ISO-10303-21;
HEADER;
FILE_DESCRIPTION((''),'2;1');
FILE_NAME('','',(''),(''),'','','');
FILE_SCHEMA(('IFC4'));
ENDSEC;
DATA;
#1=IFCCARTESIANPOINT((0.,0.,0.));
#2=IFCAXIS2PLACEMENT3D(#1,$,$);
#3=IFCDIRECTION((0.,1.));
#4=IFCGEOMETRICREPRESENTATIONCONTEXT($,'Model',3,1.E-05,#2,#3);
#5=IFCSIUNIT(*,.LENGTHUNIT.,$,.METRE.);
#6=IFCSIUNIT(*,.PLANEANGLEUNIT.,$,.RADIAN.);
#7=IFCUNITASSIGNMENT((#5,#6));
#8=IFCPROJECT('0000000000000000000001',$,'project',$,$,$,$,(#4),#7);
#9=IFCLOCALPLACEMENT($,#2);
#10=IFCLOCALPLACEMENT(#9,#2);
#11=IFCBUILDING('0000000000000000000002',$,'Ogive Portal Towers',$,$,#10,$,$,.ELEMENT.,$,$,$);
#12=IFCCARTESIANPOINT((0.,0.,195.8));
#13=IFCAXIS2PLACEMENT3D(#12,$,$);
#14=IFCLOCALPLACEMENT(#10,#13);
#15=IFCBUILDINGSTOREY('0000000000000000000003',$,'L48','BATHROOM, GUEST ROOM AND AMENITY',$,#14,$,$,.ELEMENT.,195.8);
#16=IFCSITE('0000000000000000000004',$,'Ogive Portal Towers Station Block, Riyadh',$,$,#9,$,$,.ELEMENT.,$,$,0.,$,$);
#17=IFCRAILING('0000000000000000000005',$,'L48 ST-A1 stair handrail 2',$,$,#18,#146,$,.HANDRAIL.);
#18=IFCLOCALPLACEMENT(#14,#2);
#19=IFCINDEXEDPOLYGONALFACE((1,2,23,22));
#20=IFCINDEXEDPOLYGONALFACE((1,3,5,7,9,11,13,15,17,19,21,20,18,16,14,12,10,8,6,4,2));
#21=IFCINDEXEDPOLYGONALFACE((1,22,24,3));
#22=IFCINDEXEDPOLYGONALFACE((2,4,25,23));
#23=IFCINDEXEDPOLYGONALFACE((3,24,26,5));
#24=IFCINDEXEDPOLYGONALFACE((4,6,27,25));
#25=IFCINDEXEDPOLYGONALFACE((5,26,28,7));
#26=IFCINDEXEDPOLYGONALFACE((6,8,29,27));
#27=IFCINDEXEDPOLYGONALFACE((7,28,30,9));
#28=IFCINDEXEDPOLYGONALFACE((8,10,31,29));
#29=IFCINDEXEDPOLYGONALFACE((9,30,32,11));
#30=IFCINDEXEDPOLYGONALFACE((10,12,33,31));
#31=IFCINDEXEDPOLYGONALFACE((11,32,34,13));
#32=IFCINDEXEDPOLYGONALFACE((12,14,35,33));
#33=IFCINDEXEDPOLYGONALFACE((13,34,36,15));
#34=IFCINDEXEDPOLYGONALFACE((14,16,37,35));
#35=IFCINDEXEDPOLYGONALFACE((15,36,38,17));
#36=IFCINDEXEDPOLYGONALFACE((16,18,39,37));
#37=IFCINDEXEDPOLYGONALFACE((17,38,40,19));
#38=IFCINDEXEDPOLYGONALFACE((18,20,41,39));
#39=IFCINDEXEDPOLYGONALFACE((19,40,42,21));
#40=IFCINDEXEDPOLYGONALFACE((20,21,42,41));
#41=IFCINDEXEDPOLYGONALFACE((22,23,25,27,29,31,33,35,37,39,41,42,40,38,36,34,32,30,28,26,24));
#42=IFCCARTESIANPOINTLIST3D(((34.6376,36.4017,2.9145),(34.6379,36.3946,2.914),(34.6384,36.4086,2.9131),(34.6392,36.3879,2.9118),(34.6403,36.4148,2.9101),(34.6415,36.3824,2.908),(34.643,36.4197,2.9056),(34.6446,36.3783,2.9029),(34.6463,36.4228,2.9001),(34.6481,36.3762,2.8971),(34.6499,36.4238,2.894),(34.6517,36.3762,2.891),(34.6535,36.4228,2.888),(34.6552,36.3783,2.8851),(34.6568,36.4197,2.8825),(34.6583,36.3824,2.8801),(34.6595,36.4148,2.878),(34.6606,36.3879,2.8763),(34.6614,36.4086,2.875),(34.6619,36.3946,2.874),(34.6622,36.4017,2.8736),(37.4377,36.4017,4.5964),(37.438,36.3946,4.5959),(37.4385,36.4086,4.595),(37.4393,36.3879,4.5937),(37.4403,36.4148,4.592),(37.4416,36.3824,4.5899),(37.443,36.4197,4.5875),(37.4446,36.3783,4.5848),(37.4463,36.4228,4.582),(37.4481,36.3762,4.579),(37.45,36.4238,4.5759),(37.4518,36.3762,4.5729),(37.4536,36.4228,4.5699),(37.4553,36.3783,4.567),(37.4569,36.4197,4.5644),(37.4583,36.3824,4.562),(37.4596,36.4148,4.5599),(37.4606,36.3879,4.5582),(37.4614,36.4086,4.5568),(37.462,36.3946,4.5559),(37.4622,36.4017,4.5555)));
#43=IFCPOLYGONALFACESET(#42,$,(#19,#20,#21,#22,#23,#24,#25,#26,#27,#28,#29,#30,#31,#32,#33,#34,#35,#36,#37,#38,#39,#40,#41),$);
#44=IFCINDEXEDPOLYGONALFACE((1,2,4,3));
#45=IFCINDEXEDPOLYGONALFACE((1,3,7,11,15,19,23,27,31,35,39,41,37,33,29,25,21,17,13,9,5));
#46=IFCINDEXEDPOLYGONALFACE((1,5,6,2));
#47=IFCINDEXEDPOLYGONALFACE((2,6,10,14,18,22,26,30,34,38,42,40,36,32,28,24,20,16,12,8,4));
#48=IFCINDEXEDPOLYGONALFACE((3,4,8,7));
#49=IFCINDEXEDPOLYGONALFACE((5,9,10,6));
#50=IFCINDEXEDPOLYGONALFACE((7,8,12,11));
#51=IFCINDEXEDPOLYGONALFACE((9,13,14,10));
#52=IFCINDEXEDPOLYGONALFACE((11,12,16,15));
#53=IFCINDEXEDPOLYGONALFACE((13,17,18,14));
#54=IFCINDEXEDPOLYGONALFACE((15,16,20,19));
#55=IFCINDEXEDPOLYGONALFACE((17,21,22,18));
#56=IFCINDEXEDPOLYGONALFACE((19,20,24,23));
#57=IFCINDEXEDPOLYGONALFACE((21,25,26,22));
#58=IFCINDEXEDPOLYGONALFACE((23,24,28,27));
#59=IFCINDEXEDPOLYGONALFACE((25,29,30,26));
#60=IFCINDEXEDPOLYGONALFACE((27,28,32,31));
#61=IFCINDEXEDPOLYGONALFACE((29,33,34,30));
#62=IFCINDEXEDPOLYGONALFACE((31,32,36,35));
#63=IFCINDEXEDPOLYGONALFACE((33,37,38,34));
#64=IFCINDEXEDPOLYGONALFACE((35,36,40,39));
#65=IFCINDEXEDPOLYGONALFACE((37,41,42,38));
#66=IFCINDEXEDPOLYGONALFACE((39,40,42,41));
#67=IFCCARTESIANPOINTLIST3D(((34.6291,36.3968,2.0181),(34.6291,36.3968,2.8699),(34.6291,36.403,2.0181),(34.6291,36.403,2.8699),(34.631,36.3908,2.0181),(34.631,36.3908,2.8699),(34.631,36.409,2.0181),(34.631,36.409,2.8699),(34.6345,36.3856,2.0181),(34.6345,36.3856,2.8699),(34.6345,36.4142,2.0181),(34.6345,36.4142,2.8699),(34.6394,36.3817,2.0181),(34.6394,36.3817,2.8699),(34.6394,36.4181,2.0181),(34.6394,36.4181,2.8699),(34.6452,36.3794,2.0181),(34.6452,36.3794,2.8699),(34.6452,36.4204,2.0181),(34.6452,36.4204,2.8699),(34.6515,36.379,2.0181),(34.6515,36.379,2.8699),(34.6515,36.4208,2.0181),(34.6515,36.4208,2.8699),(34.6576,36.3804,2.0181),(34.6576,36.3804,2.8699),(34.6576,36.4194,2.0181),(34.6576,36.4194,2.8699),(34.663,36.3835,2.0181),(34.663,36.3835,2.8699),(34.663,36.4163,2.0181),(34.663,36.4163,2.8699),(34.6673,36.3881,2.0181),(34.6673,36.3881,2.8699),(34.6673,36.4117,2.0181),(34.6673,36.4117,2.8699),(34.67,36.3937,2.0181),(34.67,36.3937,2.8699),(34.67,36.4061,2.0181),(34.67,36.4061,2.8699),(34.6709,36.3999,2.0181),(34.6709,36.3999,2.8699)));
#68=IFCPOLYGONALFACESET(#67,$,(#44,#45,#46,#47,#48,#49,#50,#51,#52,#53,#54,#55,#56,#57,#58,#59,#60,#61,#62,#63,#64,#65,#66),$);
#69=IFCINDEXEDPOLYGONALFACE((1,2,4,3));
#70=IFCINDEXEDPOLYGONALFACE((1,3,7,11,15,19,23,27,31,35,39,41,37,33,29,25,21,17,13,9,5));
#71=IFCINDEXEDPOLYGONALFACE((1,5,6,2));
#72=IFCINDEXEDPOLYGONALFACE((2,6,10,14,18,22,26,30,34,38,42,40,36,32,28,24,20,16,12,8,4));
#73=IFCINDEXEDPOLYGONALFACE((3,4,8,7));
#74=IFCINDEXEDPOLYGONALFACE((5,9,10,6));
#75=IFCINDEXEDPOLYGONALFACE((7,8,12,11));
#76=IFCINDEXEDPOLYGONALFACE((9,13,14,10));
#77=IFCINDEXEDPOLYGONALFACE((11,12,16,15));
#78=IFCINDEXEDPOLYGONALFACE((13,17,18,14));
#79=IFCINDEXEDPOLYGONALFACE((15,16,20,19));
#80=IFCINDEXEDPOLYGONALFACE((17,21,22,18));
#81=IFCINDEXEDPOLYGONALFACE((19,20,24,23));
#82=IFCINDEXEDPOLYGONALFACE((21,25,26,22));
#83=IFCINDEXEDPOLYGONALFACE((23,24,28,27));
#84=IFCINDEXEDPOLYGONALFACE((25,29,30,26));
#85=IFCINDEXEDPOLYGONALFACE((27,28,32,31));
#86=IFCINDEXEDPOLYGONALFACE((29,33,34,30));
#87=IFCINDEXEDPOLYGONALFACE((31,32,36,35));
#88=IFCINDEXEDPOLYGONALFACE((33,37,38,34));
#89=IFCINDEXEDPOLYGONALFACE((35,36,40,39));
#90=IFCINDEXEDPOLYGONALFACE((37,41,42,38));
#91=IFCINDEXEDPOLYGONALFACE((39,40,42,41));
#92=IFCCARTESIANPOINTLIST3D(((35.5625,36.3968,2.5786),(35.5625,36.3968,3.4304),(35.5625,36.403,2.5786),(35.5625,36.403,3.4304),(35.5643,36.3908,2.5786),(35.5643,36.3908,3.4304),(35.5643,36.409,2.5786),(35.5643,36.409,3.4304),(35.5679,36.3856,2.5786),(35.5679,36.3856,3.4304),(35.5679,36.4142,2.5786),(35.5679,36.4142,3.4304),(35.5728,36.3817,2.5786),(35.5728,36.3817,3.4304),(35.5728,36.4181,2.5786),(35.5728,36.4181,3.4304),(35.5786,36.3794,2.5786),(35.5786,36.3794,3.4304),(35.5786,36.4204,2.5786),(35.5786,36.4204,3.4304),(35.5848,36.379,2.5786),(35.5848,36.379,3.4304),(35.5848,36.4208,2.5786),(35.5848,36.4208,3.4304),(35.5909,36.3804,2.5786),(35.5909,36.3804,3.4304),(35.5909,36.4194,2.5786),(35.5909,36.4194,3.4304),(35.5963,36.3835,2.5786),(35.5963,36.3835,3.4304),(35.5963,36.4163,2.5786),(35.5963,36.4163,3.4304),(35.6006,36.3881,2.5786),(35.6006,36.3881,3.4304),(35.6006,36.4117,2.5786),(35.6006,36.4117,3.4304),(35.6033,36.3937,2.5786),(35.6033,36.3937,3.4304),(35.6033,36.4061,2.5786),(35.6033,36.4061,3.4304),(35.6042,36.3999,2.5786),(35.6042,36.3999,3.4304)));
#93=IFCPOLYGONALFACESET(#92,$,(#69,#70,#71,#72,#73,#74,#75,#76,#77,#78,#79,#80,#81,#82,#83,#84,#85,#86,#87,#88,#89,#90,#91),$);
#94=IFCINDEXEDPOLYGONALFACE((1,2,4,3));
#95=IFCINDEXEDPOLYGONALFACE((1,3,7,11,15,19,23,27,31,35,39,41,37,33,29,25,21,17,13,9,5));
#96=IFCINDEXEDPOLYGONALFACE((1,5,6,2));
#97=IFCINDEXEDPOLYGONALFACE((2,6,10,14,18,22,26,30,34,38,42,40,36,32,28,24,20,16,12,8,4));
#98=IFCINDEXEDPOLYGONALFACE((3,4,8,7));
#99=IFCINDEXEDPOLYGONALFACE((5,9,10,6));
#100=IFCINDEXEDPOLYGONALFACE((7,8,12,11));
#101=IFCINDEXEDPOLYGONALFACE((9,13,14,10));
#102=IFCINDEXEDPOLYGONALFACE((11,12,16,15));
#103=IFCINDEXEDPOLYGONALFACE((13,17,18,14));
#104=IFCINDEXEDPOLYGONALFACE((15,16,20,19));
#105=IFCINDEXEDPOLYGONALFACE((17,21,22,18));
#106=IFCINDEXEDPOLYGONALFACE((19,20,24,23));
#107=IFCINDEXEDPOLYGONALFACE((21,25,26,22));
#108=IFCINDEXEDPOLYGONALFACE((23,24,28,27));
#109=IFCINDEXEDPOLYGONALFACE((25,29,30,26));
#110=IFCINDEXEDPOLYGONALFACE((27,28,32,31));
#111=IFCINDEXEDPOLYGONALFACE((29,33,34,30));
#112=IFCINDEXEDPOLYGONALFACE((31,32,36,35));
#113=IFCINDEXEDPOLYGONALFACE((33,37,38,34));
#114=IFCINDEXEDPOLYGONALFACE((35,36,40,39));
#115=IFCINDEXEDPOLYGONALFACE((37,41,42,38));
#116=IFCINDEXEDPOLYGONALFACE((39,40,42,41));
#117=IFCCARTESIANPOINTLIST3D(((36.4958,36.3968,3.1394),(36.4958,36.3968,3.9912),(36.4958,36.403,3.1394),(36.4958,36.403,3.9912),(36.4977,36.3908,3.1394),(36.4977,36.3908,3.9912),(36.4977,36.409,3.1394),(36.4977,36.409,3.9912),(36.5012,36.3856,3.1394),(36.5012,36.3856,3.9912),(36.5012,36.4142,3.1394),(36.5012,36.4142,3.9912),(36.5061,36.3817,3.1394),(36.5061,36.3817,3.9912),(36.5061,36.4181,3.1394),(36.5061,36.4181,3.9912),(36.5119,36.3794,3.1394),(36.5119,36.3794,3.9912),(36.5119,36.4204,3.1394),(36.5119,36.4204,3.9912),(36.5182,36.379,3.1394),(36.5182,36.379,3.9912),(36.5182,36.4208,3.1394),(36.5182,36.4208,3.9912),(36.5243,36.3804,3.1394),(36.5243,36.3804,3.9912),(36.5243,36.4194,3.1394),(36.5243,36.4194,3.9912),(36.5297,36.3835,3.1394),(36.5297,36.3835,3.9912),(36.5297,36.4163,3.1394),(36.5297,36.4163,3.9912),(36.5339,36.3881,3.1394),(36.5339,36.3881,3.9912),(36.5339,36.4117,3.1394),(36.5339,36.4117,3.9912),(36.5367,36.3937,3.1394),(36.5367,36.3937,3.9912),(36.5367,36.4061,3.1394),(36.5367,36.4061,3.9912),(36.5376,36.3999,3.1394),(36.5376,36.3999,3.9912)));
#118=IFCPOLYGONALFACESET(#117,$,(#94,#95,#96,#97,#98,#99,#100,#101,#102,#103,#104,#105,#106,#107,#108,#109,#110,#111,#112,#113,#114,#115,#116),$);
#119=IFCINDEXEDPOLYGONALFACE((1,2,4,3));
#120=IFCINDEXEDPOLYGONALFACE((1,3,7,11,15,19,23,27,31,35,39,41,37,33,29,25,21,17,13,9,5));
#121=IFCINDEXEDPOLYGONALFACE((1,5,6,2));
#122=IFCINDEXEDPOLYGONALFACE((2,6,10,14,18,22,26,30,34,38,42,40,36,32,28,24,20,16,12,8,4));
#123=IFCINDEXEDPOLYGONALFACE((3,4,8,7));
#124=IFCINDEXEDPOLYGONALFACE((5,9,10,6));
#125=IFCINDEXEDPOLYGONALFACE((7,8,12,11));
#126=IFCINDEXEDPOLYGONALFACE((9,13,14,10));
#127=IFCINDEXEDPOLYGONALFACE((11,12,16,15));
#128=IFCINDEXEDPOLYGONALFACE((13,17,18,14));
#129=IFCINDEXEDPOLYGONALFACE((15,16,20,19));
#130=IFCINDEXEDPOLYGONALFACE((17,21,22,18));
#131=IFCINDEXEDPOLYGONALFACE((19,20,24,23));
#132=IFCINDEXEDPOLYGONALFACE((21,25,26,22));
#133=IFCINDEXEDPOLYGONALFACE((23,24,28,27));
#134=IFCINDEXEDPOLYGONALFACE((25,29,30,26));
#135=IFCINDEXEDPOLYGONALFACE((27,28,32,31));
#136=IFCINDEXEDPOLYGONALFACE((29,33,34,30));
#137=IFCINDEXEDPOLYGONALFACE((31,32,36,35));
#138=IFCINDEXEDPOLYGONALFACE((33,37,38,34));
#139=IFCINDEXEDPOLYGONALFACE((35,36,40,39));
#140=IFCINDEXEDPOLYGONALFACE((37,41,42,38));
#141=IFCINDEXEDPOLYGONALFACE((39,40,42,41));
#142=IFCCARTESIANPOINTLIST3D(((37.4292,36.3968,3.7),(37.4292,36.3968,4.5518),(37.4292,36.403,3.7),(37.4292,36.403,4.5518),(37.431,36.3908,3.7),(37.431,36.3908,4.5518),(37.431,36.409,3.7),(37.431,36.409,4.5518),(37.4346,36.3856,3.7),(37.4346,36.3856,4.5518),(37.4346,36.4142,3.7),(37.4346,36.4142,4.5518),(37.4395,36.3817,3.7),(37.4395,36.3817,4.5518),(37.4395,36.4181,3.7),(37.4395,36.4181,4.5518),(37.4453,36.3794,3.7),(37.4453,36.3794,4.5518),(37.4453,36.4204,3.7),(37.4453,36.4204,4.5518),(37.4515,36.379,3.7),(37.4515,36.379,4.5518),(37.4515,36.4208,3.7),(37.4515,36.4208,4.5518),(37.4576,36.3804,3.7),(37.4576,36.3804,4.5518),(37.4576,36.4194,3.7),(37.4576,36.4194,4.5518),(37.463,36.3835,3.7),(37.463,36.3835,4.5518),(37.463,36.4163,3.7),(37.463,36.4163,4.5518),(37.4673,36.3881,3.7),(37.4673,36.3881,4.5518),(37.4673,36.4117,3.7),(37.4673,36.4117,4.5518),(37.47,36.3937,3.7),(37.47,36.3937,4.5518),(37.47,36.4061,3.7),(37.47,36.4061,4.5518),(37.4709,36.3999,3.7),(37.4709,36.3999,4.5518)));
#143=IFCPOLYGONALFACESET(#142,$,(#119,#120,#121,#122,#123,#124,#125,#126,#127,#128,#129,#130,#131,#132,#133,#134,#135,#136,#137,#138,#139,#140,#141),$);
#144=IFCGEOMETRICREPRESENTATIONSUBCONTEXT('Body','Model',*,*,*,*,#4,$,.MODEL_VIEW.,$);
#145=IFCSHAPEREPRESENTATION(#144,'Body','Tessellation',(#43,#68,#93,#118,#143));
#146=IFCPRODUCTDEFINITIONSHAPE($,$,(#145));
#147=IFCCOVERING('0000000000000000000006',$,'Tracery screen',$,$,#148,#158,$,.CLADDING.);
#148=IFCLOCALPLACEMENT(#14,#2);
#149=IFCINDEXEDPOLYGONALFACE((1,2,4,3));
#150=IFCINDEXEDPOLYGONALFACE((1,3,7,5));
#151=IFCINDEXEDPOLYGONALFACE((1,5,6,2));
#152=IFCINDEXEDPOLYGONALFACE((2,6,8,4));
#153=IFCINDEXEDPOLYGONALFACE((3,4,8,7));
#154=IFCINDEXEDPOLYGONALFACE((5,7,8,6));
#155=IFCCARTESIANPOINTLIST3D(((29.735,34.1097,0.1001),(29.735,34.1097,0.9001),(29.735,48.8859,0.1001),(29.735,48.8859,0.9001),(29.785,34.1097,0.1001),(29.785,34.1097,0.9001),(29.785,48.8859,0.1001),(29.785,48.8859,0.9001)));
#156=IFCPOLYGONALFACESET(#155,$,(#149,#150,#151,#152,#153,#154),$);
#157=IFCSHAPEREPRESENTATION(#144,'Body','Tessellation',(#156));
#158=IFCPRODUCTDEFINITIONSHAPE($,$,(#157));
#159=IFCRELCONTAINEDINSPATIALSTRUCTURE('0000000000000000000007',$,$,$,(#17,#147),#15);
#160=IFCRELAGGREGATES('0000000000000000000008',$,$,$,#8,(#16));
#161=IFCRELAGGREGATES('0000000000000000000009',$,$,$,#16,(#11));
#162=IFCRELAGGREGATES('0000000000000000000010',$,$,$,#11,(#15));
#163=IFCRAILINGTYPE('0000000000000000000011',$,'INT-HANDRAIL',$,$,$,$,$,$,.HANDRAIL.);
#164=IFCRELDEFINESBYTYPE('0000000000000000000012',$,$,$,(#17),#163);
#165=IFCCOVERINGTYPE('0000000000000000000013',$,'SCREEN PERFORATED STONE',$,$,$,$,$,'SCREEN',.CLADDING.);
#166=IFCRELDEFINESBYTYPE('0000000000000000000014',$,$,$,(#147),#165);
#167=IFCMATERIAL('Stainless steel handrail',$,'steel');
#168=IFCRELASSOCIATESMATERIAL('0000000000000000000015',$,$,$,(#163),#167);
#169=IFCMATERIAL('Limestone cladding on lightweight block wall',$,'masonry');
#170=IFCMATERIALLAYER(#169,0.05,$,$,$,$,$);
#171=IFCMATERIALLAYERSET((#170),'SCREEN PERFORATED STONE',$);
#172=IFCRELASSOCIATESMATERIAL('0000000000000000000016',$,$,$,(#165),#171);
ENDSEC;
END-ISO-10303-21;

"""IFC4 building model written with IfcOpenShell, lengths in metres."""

from ifc_helpers import new_model, si_unit, direction, frame, origin, origin_2d, place, context, subcontext, project, spatial, rectangle, circle, extrude, material, layer, layer_set, type_object, element, save


model = new_model("IFC4")

# Units and contexts
model_context = context("Model", 3, precision=1e-05, world=origin(), true_north=direction((0.0, 1.0)))
body_context = subcontext(model_context, "Body", "Model", "MODEL_VIEW")
ifc_project = project(units=[si_unit("LENGTHUNIT", "METRE"), si_unit("PLANEANGLEUNIT", "RADIAN")], contexts=[model_context])

# Site, building, storey
site_placement = place(None, origin())
site = spatial("IfcSite", under=ifc_project, at=site_placement, Name="Ogive Portal Towers Station Block, Riyadh", CompositionType="ELEMENT", RefElevation=0.0)
building_placement = place(site_placement, origin())
building = spatial("IfcBuilding", under=site, at=building_placement, Name="Ogive Portal Towers", CompositionType="ELEMENT")
storey_placement = place(building_placement, frame((0.0, 0.0, 195.8)))
storey = spatial("IfcBuildingStorey", under=building, at=storey_placement, Name="L48", Description="BATHROOM, GUEST ROOM AND AMENITY", CompositionType="ELEMENT", Elevation=195.8)

# Shared definitions
ifc_material_1 = material(Name="Limestone cladding on lightweight block wall", Category="masonry")

# Railing
ifc_material_2 = material(Name="Stainless steel handrail", Category="steel")
railing_type_1 = type_object("IfcRailingType", Name="INT-HANDRAIL", PredefinedType="HANDRAIL", material=ifc_material_2)
railing_1_placement = place(storey_placement, frame((34.6499, 36.3999, 2.0181)))
element("IfcRailing", 1, at=railing_1_placement, inside=storey, type_object=railing_type_1, Name="L48 ST-A1 stair handrail 2", PredefinedType="HANDRAIL", context=body_context, shape_type="SweptSolid", body=[
    extrude(circle(Radius=0.0239, at=origin_2d()), frame((0.0, 0.0, 0.876), z_axis=(0.857242, 0.0, 0.514913), x_axis=(0.0, 1.0, 0.0)), (0.0, 0.0, 1.0), 3.2664),
    extrude(circle(Radius=0.021, at=origin_2d()), origin(), (0.0, 0.0, 1.0), 0.8518),
    extrude(circle(Radius=0.021, at=origin_2d()), frame((0.9333, 0.0, 0.5605)), (0.0, 0.0, 1.0), 0.8518),
    extrude(circle(Radius=0.021, at=origin_2d()), frame((1.8667, 0.0, 1.1213)), (0.0, 0.0, 1.0), 0.8518),
    extrude(circle(Radius=0.021, at=origin_2d()), frame((2.8, 0.0, 1.6819)), (0.0, 0.0, 1.0), 0.8518),
])

# Covering
ifc_layer_1 = layer(ifc_material_1, 0.05)
ifc_layer_set_1 = layer_set([ifc_layer_1], Name="SCREEN PERFORATED STONE")
covering_type = type_object("IfcCoveringType", Name="SCREEN PERFORATED STONE", ElementType="SCREEN", PredefinedType="CLADDING", material=ifc_layer_set_1)
covering_placement = place(storey_placement, frame((29.76, 41.4978, 0.1001), z_axis=(0.0, 0.0, 1.0), x_axis=(0.0, -1.0, 0.0)))
element("IfcCovering", 2, at=covering_placement, inside=storey, type_object=covering_type, Name="Tracery screen", PredefinedType="CLADDING", context=body_context, shape_type="SweptSolid", body=[
    extrude(rectangle(XDim=14.7761, YDim=0.05, at=origin_2d()), origin(), (0.0, 0.0, 1.0), 0.8),
])

save(model, "model.ifc")
